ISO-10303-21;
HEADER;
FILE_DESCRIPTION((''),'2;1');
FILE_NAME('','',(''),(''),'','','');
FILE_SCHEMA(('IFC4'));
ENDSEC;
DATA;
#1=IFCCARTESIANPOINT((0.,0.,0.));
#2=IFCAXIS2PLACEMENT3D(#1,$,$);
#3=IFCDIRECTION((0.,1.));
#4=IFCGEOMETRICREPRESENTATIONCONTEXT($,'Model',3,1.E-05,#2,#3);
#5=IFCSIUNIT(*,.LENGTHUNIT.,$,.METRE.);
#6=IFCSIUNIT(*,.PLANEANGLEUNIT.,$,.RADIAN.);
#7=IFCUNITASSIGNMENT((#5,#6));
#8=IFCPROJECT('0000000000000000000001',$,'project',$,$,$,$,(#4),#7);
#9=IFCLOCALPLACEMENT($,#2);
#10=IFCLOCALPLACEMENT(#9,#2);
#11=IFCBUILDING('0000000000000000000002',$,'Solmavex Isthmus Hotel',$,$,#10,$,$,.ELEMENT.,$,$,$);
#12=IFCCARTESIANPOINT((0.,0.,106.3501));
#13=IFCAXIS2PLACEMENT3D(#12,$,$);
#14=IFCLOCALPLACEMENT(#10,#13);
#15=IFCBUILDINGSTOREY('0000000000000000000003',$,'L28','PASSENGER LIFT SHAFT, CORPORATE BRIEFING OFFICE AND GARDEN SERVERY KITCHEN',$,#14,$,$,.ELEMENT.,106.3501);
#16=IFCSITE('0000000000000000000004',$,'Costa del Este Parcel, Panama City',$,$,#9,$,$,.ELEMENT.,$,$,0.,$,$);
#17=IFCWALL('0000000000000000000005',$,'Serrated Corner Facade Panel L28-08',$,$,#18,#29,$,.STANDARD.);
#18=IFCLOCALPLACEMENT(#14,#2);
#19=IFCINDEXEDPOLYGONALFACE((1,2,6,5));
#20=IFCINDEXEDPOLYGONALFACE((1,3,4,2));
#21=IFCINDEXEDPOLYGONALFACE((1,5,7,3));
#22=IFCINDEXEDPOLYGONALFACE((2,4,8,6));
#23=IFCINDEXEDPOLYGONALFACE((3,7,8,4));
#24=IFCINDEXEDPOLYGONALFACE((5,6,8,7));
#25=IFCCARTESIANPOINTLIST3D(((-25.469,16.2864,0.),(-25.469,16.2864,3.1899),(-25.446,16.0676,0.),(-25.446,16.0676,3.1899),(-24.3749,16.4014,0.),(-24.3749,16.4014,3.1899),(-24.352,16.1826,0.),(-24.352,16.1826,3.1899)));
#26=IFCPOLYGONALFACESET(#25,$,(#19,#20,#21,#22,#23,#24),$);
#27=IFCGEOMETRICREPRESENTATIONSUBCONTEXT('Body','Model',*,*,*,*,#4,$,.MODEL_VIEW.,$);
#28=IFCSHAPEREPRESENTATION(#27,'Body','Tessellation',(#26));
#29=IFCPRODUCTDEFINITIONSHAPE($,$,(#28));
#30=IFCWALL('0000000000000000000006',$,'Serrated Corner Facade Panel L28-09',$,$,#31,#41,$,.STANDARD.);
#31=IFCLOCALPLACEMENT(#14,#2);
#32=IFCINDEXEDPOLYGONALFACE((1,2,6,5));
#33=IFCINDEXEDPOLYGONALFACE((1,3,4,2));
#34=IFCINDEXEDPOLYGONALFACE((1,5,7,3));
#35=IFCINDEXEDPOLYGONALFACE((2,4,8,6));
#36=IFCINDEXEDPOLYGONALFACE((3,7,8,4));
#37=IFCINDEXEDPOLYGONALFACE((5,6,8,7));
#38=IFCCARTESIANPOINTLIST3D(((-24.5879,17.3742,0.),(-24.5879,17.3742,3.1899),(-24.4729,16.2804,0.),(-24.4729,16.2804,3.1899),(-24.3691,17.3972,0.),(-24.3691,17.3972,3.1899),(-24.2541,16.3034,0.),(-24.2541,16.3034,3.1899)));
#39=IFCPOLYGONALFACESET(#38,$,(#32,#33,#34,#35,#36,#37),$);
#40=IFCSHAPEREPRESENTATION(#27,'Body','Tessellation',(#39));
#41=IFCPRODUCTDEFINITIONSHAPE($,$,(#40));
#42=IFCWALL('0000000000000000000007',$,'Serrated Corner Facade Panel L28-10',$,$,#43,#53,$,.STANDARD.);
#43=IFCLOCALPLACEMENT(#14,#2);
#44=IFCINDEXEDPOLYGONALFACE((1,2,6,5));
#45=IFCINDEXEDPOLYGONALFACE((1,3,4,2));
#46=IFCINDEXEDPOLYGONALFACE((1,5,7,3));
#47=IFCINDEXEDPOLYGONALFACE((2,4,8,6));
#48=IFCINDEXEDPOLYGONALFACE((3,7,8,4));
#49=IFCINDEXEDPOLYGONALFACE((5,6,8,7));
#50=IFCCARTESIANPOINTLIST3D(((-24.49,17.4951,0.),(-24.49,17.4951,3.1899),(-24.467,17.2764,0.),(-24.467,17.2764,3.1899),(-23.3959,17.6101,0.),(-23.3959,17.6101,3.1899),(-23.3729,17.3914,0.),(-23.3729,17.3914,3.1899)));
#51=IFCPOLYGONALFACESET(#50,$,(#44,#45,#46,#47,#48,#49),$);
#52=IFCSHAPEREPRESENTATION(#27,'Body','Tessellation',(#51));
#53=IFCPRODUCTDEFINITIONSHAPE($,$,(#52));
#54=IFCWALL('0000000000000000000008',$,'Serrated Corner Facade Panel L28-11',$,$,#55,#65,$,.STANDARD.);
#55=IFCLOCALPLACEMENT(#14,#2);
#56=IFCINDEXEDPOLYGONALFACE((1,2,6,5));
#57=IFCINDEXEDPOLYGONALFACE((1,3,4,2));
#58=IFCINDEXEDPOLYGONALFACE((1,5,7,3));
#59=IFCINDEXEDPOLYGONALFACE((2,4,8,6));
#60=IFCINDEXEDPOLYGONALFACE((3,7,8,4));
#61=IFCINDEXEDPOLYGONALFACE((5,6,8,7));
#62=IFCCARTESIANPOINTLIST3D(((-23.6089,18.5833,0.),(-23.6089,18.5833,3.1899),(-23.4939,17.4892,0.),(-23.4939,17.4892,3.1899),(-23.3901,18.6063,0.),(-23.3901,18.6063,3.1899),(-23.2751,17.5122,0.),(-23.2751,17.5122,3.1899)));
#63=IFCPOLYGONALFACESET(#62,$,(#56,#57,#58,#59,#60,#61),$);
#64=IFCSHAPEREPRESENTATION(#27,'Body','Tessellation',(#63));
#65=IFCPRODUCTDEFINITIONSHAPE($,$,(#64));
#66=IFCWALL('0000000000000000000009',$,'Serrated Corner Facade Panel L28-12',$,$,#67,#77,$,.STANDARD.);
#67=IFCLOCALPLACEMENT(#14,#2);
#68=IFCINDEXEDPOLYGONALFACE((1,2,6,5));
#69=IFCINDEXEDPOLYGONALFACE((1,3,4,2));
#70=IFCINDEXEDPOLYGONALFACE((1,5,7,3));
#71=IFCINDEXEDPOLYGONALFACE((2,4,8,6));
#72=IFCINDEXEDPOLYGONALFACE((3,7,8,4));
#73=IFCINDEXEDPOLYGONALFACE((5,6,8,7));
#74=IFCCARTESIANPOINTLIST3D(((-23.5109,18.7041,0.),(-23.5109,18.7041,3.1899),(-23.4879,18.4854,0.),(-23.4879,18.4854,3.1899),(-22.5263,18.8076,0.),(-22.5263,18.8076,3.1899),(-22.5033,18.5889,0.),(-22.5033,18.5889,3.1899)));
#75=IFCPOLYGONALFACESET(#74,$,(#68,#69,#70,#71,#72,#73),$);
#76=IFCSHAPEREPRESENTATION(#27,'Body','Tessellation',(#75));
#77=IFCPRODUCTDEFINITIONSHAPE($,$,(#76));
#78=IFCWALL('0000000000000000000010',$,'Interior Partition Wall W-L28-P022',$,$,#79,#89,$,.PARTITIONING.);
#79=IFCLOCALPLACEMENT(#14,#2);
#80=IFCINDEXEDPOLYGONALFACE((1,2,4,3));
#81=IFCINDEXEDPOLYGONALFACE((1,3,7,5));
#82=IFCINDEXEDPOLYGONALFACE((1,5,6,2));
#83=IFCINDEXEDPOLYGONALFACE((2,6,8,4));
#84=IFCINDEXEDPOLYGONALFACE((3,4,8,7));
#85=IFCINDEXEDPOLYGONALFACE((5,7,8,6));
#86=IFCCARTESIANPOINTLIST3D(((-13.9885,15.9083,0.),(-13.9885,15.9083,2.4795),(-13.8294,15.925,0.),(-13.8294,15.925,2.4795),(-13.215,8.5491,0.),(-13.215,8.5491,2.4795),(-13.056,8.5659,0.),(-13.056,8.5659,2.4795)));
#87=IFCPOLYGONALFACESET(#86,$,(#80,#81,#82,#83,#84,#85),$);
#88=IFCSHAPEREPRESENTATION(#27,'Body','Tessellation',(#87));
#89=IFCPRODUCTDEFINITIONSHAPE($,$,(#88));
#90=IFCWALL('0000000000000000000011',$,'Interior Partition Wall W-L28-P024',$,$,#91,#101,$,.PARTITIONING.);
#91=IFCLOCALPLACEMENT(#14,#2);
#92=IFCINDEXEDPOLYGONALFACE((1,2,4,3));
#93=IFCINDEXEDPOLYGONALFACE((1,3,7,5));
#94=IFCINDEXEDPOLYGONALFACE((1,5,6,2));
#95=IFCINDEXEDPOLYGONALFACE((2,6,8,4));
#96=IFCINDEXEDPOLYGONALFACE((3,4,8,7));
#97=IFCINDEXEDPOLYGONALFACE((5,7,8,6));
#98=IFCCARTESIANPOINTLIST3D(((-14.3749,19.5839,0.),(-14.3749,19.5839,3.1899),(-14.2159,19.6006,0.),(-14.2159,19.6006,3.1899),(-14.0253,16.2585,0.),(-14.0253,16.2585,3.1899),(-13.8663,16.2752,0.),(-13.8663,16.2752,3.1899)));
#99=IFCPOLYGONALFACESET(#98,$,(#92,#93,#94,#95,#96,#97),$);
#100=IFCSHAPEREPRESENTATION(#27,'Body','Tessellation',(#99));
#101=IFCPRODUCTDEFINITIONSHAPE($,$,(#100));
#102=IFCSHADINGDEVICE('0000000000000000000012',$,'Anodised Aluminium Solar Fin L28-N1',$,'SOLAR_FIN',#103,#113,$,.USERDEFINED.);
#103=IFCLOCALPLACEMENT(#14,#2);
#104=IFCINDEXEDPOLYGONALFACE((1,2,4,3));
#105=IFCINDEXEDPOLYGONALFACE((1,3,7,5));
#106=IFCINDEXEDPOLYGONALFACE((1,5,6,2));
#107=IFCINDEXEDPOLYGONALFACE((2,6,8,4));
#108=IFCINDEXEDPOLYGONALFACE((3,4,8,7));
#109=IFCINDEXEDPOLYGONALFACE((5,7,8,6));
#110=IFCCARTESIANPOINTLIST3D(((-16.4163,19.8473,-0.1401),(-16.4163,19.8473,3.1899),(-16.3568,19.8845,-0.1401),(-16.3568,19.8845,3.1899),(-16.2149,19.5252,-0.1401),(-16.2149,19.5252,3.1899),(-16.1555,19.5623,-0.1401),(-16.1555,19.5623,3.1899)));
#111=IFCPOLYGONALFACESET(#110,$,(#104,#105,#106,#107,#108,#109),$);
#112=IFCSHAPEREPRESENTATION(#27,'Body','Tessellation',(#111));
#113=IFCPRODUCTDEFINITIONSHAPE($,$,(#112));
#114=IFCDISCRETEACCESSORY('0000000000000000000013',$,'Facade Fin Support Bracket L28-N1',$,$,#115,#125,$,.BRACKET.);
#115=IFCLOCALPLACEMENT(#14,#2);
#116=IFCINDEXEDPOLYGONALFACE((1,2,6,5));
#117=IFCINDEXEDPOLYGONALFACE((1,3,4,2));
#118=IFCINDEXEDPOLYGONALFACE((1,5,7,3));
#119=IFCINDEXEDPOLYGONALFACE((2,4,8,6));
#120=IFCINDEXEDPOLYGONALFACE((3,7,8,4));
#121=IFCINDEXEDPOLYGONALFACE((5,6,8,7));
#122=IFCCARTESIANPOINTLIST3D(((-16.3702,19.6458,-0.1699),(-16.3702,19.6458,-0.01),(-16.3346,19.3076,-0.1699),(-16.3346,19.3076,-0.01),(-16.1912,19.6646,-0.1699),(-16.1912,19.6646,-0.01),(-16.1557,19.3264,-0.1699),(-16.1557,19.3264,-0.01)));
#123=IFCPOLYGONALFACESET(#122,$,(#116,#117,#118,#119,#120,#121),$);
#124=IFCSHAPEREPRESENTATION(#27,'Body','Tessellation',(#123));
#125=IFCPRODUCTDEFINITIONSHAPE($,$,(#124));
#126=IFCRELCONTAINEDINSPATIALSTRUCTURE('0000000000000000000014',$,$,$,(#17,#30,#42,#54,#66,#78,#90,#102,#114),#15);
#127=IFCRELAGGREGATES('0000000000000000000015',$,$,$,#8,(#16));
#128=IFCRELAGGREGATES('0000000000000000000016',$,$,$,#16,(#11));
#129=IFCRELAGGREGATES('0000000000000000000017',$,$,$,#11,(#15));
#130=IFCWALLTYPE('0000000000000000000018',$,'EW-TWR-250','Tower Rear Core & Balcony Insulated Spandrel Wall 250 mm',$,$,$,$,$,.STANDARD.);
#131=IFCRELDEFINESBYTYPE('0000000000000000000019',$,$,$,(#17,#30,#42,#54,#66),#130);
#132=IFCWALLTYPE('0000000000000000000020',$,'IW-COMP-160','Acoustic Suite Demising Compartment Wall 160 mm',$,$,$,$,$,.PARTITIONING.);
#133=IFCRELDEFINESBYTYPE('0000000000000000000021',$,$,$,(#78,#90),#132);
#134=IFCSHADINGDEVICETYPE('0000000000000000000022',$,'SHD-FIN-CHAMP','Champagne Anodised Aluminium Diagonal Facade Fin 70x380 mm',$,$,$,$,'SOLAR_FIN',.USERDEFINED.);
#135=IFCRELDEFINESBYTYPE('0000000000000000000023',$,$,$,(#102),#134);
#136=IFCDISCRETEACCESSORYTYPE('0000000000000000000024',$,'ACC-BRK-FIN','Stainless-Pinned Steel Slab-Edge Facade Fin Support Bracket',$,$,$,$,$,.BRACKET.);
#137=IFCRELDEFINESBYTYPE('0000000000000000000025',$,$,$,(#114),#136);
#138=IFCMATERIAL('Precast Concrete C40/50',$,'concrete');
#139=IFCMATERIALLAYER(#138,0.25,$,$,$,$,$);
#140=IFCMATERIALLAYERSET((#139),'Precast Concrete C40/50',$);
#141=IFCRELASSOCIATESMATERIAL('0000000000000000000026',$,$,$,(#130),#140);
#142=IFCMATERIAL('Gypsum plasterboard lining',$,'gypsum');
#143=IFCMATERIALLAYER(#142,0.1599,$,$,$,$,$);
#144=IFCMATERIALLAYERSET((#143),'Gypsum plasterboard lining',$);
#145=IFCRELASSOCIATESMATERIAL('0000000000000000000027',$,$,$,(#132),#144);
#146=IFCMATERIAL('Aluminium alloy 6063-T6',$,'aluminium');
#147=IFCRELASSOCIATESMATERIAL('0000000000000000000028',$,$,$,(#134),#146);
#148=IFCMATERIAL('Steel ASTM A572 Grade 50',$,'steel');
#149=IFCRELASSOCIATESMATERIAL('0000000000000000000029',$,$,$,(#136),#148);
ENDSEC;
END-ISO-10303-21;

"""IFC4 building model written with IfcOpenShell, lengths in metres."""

from ifc_helpers import new_model, si_unit, direction, frame, frame_2d, origin, origin_2d, place, context, subcontext, project, spatial, rectangle, extrude, material, layer, layer_set, type_object, element, save


model = new_model("IFC4")

# Units and contexts
model_context = context("Model", 3, precision=1e-05, world=origin(), true_north=direction((0.0, 1.0)))
body_context = subcontext(model_context, "Body", "Model", "MODEL_VIEW")
ifc_project = project(units=[si_unit("LENGTHUNIT", "METRE"), si_unit("PLANEANGLEUNIT", "RADIAN")], contexts=[model_context])

# Site, building, storey
site_placement = place(None, origin())
site = spatial("IfcSite", under=ifc_project, at=site_placement, Name="Costa del Este Parcel, Panama City", CompositionType="ELEMENT", RefElevation=0.0)
building_placement = place(site_placement, origin())
building = spatial("IfcBuilding", under=site, at=building_placement, Name="Solmavex Isthmus Hotel", CompositionType="ELEMENT")
storey_placement = place(building_placement, frame((0.0, 0.0, 106.3501)))
storey = spatial("IfcBuildingStorey", under=building, at=storey_placement, Name="L28", Description="PASSENGER LIFT SHAFT, CORPORATE BRIEFING OFFICE AND GARDEN SERVERY KITCHEN", CompositionType="ELEMENT", Elevation=106.3501)

# Shared definitions
ifc_material_1 = material(Name="Aluminium alloy 6063-T6", Category="aluminium")

# Walls
ifc_material_2 = material(Name="Precast Concrete C40/50", Category="concrete")
ifc_layer_1 = layer(ifc_material_2, 0.25)
ifc_layer_set_1 = layer_set([ifc_layer_1], Name="Precast Concrete C40/50")
wall_type_1 = type_object("IfcWallType", Name="EW-TWR-250", Description="Tower Rear Core & Balcony Insulated Spandrel Wall 250 mm", PredefinedType="STANDARD", material=ifc_layer_set_1)
wall_1_placement = place(storey_placement, frame((-25.4575, 16.177, 0.0), z_axis=(0.0, 0.0, 1.0), x_axis=(0.994521, 0.104535, 0.0)))
element("IfcWall", 1, at=wall_1_placement, inside=storey, type_object=wall_type_1, Name="Serrated Corner Facade Panel L28-08", PredefinedType="STANDARD", context=body_context, shape_type="SweptSolid", body=[
    extrude(rectangle(XDim=1.1001, YDim=0.22, at=frame_2d((0.55, 0.0))), origin(), (0.0, 0.0, 1.0), 3.1899),
])
wall_2_placement = place(storey_placement, frame((-24.3635, 16.292, 0.0), z_axis=(0.0, 0.0, 1.0), x_axis=(-0.104558, 0.994519, 0.0)))
element("IfcWall", 2, at=wall_2_placement, inside=storey, type_object=wall_type_1, Name="Serrated Corner Facade Panel L28-09", PredefinedType="STANDARD", context=body_context, shape_type="SweptSolid", body=[
    extrude(rectangle(XDim=1.0999, YDim=0.22, at=frame_2d((0.5498, 0.0))), origin(), (0.0, 0.0, 1.0), 3.1899),
])
for number, where, z_axis, x_axis, name in (
    (3, (-24.4785, 17.3857, 0.0), (0.0, 0.0, 1.0), (0.994521, 0.104535, 0.0), "Serrated Corner Facade Panel L28-10"),
    (4, (-23.3845, 17.5007, 0.0), (0.0, 0.0, 1.0), (-0.104535, 0.994521, 0.0), "Serrated Corner Facade Panel L28-11"),
):
    element("IfcWall", number, at=place(storey_placement, frame(where, z_axis=z_axis, x_axis=x_axis)), inside=storey, type_object=wall_type_1, Name=name, PredefinedType="STANDARD", context=body_context, shape_type="SweptSolid", body=[
        extrude(rectangle(XDim=1.1001, YDim=0.22, at=frame_2d((0.55, 0.0))), origin(), (0.0, 0.0, 1.0), 3.1899),
    ])
wall_3_placement = place(storey_placement, frame((-23.4995, 18.5947, 0.0), z_axis=(0.0, 0.0, 1.0), x_axis=(0.994519, 0.104556, 0.0)))
element("IfcWall", 5, at=wall_3_placement, inside=storey, type_object=wall_type_1, Name="Serrated Corner Facade Panel L28-12", PredefinedType="STANDARD", context=body_context, shape_type="SweptSolid", body=[
    extrude(rectangle(XDim=0.99, YDim=0.22, at=frame_2d((0.4951, 0.0))), origin(), (0.0, 0.0, 1.0), 3.1899),
])
ifc_material_3 = material(Name="Gypsum plasterboard lining", Category="gypsum")
ifc_layer_2 = layer(ifc_material_3, 0.1599)
ifc_layer_set_2 = layer_set([ifc_layer_2], Name="Gypsum plasterboard lining")
wall_type_2 = type_object("IfcWallType", Name="IW-COMP-160", Description="Acoustic Suite Demising Compartment Wall 160 mm", PredefinedType="PARTITIONING", material=ifc_layer_set_2)
wall_4_placement = place(storey_placement, frame((-13.9089, 15.9165, 0.0), z_axis=(0.0, 0.0, 1.0), x_axis=(0.104523, -0.994522, 0.0)))
element("IfcWall", 6, at=wall_4_placement, inside=storey, type_object=wall_type_2, Name="Interior Partition Wall W-L28-P022", PredefinedType="PARTITIONING", context=body_context, shape_type="SweptSolid", body=[
    extrude(rectangle(XDim=7.3997, YDim=0.1599, at=frame_2d((3.6997, 0.0))), origin(), (0.0, 0.0, 1.0), 2.4795),
])
wall_5_placement = place(storey_placement, frame((-14.2954, 19.5923, 0.0), z_axis=(0.0, 0.0, 1.0), x_axis=(0.104556, -0.994519, 0.0)))
element("IfcWall", 7, at=wall_5_placement, inside=storey, type_object=wall_type_2, Name="Interior Partition Wall W-L28-P024", PredefinedType="PARTITIONING", context=body_context, shape_type="SweptSolid", body=[
    extrude(rectangle(XDim=3.3438, YDim=0.1599, at=frame_2d((1.6719, 0.0))), origin(), (0.0, 0.0, 1.0), 3.1899),
])

# Shading device
shading_device_type = type_object("IfcShadingDeviceType", Name="SHD-FIN-CHAMP", Description="Champagne Anodised Aluminium Diagonal Facade Fin 70x380 mm", ElementType="SOLAR_FIN", PredefinedType="USERDEFINED", material=ifc_material_1)
shading_device_placement = place(storey_placement, frame((-16.2859, 19.7048, -0.1401), z_axis=(0.0, 0.0, 1.0), x_axis=(-0.529919, 0.848048, 0.0)))
element("IfcShadingDevice", 8, at=shading_device_placement, inside=storey, type_object=shading_device_type, Name="Anodised Aluminium Solar Fin L28-N1", ObjectType="SOLAR_FIN", PredefinedType="USERDEFINED", context=body_context, shape_type="SweptSolid", body=[
    extrude(rectangle(XDim=0.3799, YDim=0.0701, at=origin_2d()), origin(), (0.0, 0.0, 1.0), 3.3301),
])

# Discrete accessory
ifc_material_4 = material(Name="Steel ASTM A572 Grade 50", Category="steel")
discrete_accessory_type = type_object("IfcDiscreteAccessoryType", Name="ACC-BRK-FIN", Description="Stainless-Pinned Steel Slab-Edge Facade Fin Support Bracket", PredefinedType="BRACKET", material=ifc_material_4)
discrete_accessory_placement = place(storey_placement, frame((-16.2629, 19.4861, -0.1699), z_axis=(0.0, 0.0, 1.0), x_axis=(-0.104528, 0.994522, 0.0)))
element("IfcDiscreteAccessory", 9, at=discrete_accessory_placement, inside=storey, type_object=discrete_accessory_type, Name="Facade Fin Support Bracket L28-N1", PredefinedType="BRACKET", context=body_context, shape_type="SweptSolid", body=[
    extrude(rectangle(XDim=0.3401, YDim=0.1799, at=origin_2d()), origin(), (0.0, 0.0, 1.0), 0.1599),
])

save(model, "model.ifc")
